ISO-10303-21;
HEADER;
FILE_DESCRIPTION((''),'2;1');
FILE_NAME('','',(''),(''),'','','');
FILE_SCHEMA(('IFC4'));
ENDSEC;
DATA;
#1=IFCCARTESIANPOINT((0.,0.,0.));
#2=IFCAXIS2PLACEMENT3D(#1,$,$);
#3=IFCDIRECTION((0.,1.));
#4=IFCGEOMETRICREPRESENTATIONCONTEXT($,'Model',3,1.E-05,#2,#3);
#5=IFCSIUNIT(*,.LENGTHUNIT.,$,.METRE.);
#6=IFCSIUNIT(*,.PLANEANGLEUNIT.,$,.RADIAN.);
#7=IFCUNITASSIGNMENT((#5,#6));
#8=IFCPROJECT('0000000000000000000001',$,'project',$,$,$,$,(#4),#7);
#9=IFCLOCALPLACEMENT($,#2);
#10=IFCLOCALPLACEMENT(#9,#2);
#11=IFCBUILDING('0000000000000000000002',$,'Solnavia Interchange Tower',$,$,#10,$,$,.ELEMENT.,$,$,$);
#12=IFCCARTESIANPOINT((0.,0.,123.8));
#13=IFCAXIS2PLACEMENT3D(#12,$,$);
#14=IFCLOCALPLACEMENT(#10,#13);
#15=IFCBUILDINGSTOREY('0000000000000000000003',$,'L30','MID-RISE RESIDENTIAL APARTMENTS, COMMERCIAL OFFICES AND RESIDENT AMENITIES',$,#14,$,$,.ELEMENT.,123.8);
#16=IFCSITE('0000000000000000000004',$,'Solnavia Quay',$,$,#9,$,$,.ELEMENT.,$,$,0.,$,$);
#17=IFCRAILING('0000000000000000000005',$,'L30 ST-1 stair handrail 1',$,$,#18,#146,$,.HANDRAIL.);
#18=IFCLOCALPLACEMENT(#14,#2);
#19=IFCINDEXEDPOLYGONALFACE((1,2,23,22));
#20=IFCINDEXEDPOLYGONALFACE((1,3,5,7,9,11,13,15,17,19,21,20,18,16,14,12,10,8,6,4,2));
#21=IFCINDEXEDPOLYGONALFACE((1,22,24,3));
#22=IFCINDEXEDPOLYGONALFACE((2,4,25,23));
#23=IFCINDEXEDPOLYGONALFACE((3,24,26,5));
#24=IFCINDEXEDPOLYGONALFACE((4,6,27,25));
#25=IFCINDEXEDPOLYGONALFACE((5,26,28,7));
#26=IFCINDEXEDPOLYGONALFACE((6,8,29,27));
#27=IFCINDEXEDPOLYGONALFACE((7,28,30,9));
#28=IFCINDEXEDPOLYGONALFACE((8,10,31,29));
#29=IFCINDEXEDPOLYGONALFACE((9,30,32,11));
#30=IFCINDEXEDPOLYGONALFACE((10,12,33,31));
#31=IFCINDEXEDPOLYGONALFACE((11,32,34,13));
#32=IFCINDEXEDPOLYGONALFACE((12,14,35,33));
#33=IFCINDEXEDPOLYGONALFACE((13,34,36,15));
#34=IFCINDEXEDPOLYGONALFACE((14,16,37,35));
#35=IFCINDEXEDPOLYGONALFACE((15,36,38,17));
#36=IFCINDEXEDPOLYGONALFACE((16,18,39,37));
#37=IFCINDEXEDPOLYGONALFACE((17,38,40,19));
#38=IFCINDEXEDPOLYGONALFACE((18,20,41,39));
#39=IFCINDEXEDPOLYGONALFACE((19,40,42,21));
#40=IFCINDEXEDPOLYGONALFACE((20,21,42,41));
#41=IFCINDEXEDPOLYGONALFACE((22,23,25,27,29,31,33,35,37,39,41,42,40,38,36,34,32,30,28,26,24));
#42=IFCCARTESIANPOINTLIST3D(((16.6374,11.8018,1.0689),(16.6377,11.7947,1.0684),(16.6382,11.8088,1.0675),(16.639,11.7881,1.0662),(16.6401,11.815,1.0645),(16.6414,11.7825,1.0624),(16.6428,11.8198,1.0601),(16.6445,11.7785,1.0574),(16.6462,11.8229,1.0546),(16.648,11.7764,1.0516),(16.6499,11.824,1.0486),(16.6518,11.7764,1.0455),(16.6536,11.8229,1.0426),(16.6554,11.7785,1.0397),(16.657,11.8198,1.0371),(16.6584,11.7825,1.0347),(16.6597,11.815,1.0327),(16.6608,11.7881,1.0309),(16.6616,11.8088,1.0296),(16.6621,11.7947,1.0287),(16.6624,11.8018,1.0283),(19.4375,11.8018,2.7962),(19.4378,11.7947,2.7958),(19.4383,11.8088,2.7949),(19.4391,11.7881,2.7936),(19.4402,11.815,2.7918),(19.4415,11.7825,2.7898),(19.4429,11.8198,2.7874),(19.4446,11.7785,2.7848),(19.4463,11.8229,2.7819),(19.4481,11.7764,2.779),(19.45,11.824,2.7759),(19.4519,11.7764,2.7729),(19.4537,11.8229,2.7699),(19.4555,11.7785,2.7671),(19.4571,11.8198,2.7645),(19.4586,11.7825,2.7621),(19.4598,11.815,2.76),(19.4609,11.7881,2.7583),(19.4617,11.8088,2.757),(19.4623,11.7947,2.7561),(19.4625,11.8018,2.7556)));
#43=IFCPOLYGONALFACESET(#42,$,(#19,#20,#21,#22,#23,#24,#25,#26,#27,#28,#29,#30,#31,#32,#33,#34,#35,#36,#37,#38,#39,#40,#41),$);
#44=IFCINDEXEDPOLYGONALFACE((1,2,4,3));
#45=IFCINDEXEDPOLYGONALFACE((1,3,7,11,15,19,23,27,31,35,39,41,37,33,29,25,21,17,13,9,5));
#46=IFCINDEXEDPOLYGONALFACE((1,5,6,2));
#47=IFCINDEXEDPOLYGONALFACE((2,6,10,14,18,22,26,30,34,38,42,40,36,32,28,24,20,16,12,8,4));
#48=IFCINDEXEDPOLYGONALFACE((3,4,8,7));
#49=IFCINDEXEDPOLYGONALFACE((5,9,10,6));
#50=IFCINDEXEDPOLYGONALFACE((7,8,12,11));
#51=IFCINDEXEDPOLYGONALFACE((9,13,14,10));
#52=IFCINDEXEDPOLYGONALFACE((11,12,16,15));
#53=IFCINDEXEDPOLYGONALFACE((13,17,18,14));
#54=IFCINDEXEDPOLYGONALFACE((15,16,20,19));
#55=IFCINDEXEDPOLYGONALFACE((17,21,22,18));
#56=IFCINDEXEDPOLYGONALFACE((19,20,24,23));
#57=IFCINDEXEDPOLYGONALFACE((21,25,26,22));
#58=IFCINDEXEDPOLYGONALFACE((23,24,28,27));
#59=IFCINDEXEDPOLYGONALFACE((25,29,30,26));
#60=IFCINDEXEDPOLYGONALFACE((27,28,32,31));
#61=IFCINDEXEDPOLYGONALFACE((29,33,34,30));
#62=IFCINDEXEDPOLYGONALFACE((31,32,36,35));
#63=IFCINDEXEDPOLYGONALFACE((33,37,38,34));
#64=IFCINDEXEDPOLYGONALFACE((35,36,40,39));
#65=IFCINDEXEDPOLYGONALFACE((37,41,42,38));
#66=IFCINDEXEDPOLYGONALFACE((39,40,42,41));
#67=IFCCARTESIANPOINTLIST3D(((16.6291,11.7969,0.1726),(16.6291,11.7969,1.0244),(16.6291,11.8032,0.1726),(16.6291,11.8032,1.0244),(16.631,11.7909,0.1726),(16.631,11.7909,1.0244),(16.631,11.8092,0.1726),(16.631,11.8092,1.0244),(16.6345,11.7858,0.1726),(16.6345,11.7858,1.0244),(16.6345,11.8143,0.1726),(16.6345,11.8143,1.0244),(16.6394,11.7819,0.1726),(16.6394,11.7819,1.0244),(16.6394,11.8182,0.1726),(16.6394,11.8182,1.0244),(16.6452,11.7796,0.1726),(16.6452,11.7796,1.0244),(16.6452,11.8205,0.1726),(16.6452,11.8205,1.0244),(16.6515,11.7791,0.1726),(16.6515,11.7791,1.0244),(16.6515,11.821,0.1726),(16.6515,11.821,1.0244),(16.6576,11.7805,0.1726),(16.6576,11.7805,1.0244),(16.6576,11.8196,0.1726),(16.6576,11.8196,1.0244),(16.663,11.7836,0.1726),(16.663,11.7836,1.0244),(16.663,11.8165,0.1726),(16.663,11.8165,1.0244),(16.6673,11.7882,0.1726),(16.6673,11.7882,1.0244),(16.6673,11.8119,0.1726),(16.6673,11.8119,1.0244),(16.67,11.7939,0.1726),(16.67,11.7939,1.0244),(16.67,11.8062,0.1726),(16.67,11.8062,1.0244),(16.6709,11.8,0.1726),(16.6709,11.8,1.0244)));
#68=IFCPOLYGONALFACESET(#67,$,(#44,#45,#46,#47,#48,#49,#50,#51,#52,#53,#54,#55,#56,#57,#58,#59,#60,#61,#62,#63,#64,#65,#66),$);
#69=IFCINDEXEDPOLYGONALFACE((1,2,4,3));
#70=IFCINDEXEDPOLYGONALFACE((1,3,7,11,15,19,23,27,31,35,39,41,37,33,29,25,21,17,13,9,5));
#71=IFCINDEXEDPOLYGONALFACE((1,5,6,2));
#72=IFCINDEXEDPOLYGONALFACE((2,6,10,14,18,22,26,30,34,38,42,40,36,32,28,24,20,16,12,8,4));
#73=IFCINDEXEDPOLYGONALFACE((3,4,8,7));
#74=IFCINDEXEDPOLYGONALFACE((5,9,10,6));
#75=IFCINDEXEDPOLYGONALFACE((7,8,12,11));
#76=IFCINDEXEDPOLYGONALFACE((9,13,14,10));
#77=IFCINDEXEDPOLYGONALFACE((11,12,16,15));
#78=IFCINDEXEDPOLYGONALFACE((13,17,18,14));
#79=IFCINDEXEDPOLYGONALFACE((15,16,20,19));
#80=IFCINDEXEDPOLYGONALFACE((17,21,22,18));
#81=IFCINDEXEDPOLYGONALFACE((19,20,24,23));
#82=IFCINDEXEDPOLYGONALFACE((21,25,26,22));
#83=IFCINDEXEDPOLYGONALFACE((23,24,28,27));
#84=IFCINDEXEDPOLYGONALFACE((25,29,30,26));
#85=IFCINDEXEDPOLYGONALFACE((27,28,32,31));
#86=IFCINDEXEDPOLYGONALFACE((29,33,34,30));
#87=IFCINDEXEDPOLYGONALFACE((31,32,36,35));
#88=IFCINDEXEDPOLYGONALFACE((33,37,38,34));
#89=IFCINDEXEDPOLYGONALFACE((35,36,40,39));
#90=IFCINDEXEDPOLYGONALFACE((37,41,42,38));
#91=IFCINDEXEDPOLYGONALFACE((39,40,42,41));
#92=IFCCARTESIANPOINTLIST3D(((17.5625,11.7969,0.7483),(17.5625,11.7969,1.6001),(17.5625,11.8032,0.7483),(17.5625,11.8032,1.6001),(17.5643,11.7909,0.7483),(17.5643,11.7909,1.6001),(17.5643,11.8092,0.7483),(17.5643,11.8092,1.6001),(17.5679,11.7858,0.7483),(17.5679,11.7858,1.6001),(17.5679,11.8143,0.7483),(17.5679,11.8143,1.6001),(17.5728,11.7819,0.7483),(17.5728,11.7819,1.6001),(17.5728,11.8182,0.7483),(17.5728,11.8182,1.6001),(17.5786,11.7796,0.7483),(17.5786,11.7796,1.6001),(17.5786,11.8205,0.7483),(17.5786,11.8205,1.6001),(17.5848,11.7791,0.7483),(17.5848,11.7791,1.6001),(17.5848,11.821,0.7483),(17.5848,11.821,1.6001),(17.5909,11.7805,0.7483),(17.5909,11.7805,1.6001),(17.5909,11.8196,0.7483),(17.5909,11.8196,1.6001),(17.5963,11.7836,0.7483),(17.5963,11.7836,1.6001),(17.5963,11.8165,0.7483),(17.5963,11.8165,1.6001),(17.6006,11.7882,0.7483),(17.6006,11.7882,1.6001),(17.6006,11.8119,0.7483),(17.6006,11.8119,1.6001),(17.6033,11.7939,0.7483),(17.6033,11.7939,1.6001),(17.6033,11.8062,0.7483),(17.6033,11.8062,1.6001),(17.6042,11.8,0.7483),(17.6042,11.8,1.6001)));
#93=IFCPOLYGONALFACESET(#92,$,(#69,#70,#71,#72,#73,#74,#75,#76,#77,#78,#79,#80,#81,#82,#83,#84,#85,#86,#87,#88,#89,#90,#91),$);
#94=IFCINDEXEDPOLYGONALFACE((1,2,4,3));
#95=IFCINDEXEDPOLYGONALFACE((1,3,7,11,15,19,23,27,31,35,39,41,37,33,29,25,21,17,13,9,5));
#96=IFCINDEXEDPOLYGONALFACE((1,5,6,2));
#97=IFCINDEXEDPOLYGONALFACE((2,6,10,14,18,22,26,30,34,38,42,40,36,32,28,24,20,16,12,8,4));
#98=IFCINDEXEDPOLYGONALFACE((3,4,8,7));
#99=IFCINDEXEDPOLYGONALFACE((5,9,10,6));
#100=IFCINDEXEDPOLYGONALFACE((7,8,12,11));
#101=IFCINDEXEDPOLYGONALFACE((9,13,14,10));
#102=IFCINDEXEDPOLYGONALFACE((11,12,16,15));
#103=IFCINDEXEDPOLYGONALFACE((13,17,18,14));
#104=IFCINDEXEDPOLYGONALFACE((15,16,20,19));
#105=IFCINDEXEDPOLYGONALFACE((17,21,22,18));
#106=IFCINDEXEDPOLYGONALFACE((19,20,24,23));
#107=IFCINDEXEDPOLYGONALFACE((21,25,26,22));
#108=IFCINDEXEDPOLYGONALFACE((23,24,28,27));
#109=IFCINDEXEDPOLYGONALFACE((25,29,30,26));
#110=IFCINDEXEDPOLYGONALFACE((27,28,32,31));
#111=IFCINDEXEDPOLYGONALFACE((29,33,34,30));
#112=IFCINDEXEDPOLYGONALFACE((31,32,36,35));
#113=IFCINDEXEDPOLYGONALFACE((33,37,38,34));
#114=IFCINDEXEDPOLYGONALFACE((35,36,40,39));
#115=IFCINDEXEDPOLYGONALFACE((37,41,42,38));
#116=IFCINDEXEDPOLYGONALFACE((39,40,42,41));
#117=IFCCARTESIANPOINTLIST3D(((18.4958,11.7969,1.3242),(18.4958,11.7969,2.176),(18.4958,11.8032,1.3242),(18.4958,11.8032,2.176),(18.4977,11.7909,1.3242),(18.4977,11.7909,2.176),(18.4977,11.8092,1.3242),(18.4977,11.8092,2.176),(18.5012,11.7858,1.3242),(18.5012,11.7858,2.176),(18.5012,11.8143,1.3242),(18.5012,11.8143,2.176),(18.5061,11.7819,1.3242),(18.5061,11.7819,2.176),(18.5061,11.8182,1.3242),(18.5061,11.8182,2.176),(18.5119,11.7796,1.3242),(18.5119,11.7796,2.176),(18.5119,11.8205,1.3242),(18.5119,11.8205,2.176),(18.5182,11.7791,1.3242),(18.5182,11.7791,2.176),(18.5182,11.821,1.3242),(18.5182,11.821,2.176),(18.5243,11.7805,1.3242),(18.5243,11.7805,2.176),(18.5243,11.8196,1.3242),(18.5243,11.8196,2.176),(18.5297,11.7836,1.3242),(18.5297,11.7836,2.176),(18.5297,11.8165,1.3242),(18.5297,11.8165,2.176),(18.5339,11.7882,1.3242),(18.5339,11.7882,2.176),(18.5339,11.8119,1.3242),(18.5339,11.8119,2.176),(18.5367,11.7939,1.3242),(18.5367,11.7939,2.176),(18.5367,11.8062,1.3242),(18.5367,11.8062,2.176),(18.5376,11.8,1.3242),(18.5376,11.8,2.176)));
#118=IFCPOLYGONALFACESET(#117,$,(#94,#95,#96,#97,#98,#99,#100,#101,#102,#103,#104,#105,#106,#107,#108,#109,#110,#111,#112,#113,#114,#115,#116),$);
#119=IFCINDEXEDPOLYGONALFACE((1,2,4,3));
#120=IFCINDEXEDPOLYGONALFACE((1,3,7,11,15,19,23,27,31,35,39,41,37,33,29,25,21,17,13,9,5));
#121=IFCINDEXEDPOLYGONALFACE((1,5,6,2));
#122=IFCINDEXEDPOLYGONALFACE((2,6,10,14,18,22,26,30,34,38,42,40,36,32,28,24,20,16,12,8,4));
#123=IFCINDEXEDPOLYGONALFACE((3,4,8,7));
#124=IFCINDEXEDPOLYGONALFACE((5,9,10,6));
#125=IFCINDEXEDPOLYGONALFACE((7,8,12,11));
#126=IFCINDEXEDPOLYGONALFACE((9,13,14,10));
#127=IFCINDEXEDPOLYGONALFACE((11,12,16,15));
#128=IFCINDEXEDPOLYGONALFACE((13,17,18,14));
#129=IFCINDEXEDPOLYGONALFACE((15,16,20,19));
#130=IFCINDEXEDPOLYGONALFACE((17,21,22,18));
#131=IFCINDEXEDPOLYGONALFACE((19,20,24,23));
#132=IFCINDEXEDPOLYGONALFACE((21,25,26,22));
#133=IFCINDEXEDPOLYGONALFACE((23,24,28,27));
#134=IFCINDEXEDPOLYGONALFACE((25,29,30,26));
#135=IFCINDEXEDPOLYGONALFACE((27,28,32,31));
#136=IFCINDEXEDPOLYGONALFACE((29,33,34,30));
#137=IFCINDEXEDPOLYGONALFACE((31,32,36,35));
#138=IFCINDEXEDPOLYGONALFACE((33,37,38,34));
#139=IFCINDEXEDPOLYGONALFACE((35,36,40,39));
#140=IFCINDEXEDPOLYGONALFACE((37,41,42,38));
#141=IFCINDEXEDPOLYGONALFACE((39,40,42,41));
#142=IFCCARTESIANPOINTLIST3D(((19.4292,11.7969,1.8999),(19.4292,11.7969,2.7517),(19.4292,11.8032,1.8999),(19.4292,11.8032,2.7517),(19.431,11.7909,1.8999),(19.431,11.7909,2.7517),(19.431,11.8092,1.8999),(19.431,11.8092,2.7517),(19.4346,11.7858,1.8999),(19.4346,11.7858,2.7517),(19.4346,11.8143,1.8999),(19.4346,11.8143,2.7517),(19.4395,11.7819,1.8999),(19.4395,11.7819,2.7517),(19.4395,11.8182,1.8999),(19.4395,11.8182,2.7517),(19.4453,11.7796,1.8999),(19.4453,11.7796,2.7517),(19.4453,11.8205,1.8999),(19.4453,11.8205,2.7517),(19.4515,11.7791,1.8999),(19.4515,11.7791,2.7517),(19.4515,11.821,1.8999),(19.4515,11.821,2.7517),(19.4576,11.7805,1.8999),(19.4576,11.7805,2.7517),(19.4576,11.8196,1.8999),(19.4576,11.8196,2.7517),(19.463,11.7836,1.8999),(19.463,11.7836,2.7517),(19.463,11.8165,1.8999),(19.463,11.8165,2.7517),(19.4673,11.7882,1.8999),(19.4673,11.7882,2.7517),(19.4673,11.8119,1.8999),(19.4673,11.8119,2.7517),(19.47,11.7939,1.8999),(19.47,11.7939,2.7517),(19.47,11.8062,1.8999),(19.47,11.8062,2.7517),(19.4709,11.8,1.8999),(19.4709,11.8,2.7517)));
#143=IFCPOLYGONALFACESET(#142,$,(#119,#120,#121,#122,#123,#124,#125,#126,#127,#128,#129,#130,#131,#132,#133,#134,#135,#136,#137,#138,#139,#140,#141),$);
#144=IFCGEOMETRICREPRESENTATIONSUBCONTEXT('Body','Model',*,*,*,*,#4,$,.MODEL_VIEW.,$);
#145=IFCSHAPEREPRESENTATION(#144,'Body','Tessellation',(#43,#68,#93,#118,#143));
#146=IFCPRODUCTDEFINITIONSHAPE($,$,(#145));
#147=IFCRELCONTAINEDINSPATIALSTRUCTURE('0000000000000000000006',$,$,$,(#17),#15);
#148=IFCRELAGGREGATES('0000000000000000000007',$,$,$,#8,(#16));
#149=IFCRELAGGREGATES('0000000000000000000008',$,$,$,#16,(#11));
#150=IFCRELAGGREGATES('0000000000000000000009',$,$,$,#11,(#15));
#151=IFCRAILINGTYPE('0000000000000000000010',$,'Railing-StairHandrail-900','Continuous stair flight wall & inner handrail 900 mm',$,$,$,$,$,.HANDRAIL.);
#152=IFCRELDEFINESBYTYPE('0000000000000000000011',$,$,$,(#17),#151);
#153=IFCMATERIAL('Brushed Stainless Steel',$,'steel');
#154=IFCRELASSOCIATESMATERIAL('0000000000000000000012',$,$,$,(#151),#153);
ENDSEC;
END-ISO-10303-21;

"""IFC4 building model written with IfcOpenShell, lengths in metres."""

from ifc_helpers import new_model, si_unit, direction, frame, origin, origin_2d, place, context, subcontext, project, spatial, circle, extrude, material, type_object, element, save


model = new_model("IFC4")

# Units and contexts
model_context = context("Model", 3, precision=1e-05, world=origin(), true_north=direction((0.0, 1.0)))
body_context = subcontext(model_context, "Body", "Model", "MODEL_VIEW")
ifc_project = project(units=[si_unit("LENGTHUNIT", "METRE"), si_unit("PLANEANGLEUNIT", "RADIAN")], contexts=[model_context])

# Site, building, storey
site_placement = place(None, origin())
site = spatial("IfcSite", under=ifc_project, at=site_placement, Name="Solnavia Quay", CompositionType="ELEMENT", RefElevation=0.0)
building_placement = place(site_placement, origin())
building = spatial("IfcBuilding", under=site, at=building_placement, Name="Solnavia Interchange Tower", CompositionType="ELEMENT")
storey_placement = place(building_placement, frame((0.0, 0.0, 123.8)))
storey = spatial("IfcBuildingStorey", under=building, at=storey_placement, Name="L30", Description="MID-RISE RESIDENTIAL APARTMENTS, COMMERCIAL OFFICES AND RESIDENT AMENITIES", CompositionType="ELEMENT", Elevation=123.8)

# Railing
ifc_material_1 = material(Name="Brushed Stainless Steel", Category="steel")
railing_type_1 = type_object("IfcRailingType", Name="Railing-StairHandrail-900", Description="Continuous stair flight wall & inner handrail 900 mm", PredefinedType="HANDRAIL", material=ifc_material_1)
railing_1_placement = place(storey_placement, frame((16.6499, 11.8, 0.1726)))
element("IfcRailing", 1, at=railing_1_placement, inside=storey, type_object=railing_type_1, Name="L30 ST-1 stair handrail 1", PredefinedType="HANDRAIL", context=body_context, shape_type="SweptSolid", body=[
    extrude(circle(Radius=0.0239, at=origin_2d()), frame((0.0, 0.0, 0.876), z_axis=(0.85109, 0.0, 0.52502), x_axis=(0.0, 1.0, 0.0)), (0.0, 0.0, 1.0), 3.29),
    extrude(circle(Radius=0.021, at=origin_2d()), origin(), (0.0, 0.0, 1.0), 0.8518),
    extrude(circle(Radius=0.021, at=origin_2d()), frame((0.9333, 0.0, 0.5757)), (0.0, 0.0, 1.0), 0.8518),
    extrude(circle(Radius=0.021, at=origin_2d()), frame((1.8667, 0.0, 1.1516)), (0.0, 0.0, 1.0), 0.8518),
    extrude(circle(Radius=0.021, at=origin_2d()), frame((2.8, 0.0, 1.7273)), (0.0, 0.0, 1.0), 0.8518),
])

save(model, "model.ifc")
